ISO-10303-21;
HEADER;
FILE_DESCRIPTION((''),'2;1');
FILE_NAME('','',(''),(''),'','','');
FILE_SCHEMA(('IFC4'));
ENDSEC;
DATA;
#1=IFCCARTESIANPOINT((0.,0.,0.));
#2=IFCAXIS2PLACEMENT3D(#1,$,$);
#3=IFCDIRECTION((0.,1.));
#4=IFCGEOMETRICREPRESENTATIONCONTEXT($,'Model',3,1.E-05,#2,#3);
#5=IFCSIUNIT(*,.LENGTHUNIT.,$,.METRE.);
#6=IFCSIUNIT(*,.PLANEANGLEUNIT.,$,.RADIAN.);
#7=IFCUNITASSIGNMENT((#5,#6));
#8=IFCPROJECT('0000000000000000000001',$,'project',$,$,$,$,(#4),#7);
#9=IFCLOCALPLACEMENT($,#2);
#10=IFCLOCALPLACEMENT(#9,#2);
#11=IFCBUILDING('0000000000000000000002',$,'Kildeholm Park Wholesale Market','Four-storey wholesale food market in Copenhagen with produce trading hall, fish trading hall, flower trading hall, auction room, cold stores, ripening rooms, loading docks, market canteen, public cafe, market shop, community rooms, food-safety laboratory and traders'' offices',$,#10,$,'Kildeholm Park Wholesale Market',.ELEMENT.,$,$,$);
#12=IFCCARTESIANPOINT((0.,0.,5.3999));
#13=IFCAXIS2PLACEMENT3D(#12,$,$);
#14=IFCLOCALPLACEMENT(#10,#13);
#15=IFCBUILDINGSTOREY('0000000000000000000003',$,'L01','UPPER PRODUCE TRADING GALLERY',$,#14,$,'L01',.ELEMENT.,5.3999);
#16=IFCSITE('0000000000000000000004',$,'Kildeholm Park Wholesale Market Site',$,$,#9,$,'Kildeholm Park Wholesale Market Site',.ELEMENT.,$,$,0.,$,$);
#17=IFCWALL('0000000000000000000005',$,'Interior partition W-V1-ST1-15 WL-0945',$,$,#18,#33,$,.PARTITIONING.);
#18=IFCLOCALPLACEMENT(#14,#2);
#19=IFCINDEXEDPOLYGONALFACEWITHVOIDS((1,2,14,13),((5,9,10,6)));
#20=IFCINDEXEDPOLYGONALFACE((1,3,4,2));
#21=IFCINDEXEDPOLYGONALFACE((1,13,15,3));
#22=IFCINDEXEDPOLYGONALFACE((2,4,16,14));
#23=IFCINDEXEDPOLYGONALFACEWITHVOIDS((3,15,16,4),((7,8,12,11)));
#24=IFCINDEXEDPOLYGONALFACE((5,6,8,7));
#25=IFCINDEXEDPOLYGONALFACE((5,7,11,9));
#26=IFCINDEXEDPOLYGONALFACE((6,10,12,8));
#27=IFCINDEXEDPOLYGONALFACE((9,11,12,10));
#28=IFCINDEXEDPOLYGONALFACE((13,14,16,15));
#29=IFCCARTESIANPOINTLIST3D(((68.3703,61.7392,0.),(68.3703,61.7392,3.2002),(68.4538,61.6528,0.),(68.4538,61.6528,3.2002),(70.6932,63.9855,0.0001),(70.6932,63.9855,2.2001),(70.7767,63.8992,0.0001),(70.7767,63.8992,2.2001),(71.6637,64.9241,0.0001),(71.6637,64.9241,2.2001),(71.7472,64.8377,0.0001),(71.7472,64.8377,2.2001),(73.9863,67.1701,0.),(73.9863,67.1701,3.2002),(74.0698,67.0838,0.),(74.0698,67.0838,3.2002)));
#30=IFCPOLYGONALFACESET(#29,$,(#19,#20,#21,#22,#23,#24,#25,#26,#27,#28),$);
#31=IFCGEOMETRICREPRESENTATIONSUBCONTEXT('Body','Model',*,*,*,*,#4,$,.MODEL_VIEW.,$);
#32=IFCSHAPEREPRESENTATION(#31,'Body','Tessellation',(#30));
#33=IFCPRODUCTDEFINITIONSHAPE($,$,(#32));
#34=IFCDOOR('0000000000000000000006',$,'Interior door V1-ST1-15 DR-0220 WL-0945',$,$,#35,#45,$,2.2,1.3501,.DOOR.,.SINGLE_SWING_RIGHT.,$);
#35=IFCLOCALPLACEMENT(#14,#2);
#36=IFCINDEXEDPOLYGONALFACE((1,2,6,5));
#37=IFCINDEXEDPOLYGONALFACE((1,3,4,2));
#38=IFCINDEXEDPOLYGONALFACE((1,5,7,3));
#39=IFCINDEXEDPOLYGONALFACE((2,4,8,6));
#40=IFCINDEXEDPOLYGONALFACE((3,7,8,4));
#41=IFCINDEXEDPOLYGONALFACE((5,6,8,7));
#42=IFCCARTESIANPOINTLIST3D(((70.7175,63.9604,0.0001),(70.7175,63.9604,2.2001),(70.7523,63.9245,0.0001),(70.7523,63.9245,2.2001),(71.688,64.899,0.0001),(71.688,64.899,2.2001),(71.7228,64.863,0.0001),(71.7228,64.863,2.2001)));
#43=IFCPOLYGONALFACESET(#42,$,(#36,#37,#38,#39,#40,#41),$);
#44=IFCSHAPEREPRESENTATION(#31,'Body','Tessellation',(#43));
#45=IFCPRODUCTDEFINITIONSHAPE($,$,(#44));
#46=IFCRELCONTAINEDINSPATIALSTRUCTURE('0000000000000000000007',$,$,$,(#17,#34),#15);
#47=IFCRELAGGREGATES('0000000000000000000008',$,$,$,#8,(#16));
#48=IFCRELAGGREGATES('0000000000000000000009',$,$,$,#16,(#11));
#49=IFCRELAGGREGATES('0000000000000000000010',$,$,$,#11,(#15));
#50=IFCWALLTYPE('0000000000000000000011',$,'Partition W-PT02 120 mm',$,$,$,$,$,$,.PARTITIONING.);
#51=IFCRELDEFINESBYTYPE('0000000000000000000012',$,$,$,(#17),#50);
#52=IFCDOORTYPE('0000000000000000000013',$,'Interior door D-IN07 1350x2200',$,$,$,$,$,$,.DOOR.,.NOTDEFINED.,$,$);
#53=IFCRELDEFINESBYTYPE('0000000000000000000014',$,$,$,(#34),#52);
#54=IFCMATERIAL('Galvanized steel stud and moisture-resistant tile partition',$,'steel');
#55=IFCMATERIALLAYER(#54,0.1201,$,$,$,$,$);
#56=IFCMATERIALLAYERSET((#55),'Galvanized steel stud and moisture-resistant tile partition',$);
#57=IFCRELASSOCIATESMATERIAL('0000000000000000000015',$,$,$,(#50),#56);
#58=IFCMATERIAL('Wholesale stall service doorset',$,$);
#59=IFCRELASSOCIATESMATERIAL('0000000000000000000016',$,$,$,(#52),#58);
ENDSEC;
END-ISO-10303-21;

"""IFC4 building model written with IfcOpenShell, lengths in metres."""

from ifc_helpers import new_model, si_unit, direction, frame, frame_2d, origin, place, context, subcontext, project, spatial, rectangle, extrude, material, layer, layer_set, type_object, element, fill, save


model = new_model("IFC4")

# Units and contexts
model_context = context("Model", 3, precision=1e-05, world=origin(), true_north=direction((0.0, 1.0)))
body_context = subcontext(model_context, "Body", "Model", "MODEL_VIEW")
ifc_project = project(units=[si_unit("LENGTHUNIT", "METRE"), si_unit("PLANEANGLEUNIT", "RADIAN")], contexts=[model_context])

# Site, building, storey
site_placement = place(None, origin())
site = spatial("IfcSite", under=ifc_project, at=site_placement, Name="Kildeholm Park Wholesale Market Site", LongName="Kildeholm Park Wholesale Market Site", CompositionType="ELEMENT", RefElevation=0.0)
building_placement = place(site_placement, origin())
building = spatial("IfcBuilding", under=site, at=building_placement, Name="Kildeholm Park Wholesale Market", Description="Four-storey wholesale food market in Copenhagen with produce trading hall, fish trading hall, flower trading hall, auction room, cold stores, ripening rooms, loading docks, market canteen, public cafe, market shop, community rooms, food-safety laboratory and traders' offices", LongName="Kildeholm Park Wholesale Market", CompositionType="ELEMENT")
storey_placement = place(building_placement, frame((0.0, 0.0, 5.3999)))
storey = spatial("IfcBuildingStorey", under=building, at=storey_placement, Name="L01", Description="UPPER PRODUCE TRADING GALLERY", LongName="L01", CompositionType="ELEMENT", Elevation=5.3999)

# Wall, opening, door
ifc_material_1 = material(Name="Galvanized steel stud and moisture-resistant tile partition", Category="steel")
ifc_layer_1 = layer(ifc_material_1, 0.1201)
ifc_layer_set_1 = layer_set([ifc_layer_1], Name="Galvanized steel stud and moisture-resistant tile partition")
wall_type = type_object("IfcWallType", Name="Partition W-PT02 120 mm", PredefinedType="PARTITIONING", material=ifc_layer_set_1)
wall_placement = place(storey_placement, frame((74.0281, 67.127, 0.0), z_axis=(0.0, 0.0, 1.0), x_axis=(-0.718851, -0.695164, 0.0)))
wall = element("IfcWall", 1, at=wall_placement, inside=storey, type_object=wall_type, Name="Interior partition W-V1-ST1-15 WL-0945", PredefinedType="PARTITIONING", context=body_context, shape_type="SweptSolid", body=[
    extrude(rectangle(XDim=7.8125, YDim=0.1201, at=frame_2d((3.9062, 0.0))), origin(), (0.0, 0.0, 1.0), 3.2002),
])
opening_placement = place(wall_placement, frame((3.231, 0.0, 0.0)))
opening = element("IfcOpeningElement", 2, at=opening_placement, cuts=wall, PredefinedType="OPENING", context=body_context, shape_type="SweptSolid", body=[
    extrude(rectangle(XDim=1.3501, YDim=2.2, at=frame_2d((0.675, 1.1001))), frame((0.0, 0.0701, 0.0), z_axis=(0.0, -1.0, 0.0), x_axis=(1.0, 0.0, 0.0)), (0.0, 0.0, 1.0), 0.1401),
])
ifc_material_2 = material(Name="Wholesale stall service doorset")
door_type = type_object("IfcDoorType", Name="Interior door D-IN07 1350x2200", OperationType="NOTDEFINED", PredefinedType="DOOR", material=ifc_material_2)
door_placement = place(opening_placement, origin())
door = element("IfcDoor", 3, at=door_placement, inside=storey, type_object=door_type, Name="Interior door V1-ST1-15 DR-0220 WL-0945", OperationType="SINGLE_SWING_RIGHT", OverallHeight=2.2, OverallWidth=1.3501, PredefinedType="DOOR", context=body_context, shape_type="SweptSolid", body=[
    extrude(rectangle(XDim=1.3501, YDim=2.2, at=frame_2d((0.675, 1.1001))), frame((0.0, 0.0249, 0.0), z_axis=(0.0, -1.0, 0.0), x_axis=(1.0, 0.0, 0.0)), (0.0, 0.0, 1.0), 0.05),
])
fill(opening, door)

save(model, "model.ifc")
